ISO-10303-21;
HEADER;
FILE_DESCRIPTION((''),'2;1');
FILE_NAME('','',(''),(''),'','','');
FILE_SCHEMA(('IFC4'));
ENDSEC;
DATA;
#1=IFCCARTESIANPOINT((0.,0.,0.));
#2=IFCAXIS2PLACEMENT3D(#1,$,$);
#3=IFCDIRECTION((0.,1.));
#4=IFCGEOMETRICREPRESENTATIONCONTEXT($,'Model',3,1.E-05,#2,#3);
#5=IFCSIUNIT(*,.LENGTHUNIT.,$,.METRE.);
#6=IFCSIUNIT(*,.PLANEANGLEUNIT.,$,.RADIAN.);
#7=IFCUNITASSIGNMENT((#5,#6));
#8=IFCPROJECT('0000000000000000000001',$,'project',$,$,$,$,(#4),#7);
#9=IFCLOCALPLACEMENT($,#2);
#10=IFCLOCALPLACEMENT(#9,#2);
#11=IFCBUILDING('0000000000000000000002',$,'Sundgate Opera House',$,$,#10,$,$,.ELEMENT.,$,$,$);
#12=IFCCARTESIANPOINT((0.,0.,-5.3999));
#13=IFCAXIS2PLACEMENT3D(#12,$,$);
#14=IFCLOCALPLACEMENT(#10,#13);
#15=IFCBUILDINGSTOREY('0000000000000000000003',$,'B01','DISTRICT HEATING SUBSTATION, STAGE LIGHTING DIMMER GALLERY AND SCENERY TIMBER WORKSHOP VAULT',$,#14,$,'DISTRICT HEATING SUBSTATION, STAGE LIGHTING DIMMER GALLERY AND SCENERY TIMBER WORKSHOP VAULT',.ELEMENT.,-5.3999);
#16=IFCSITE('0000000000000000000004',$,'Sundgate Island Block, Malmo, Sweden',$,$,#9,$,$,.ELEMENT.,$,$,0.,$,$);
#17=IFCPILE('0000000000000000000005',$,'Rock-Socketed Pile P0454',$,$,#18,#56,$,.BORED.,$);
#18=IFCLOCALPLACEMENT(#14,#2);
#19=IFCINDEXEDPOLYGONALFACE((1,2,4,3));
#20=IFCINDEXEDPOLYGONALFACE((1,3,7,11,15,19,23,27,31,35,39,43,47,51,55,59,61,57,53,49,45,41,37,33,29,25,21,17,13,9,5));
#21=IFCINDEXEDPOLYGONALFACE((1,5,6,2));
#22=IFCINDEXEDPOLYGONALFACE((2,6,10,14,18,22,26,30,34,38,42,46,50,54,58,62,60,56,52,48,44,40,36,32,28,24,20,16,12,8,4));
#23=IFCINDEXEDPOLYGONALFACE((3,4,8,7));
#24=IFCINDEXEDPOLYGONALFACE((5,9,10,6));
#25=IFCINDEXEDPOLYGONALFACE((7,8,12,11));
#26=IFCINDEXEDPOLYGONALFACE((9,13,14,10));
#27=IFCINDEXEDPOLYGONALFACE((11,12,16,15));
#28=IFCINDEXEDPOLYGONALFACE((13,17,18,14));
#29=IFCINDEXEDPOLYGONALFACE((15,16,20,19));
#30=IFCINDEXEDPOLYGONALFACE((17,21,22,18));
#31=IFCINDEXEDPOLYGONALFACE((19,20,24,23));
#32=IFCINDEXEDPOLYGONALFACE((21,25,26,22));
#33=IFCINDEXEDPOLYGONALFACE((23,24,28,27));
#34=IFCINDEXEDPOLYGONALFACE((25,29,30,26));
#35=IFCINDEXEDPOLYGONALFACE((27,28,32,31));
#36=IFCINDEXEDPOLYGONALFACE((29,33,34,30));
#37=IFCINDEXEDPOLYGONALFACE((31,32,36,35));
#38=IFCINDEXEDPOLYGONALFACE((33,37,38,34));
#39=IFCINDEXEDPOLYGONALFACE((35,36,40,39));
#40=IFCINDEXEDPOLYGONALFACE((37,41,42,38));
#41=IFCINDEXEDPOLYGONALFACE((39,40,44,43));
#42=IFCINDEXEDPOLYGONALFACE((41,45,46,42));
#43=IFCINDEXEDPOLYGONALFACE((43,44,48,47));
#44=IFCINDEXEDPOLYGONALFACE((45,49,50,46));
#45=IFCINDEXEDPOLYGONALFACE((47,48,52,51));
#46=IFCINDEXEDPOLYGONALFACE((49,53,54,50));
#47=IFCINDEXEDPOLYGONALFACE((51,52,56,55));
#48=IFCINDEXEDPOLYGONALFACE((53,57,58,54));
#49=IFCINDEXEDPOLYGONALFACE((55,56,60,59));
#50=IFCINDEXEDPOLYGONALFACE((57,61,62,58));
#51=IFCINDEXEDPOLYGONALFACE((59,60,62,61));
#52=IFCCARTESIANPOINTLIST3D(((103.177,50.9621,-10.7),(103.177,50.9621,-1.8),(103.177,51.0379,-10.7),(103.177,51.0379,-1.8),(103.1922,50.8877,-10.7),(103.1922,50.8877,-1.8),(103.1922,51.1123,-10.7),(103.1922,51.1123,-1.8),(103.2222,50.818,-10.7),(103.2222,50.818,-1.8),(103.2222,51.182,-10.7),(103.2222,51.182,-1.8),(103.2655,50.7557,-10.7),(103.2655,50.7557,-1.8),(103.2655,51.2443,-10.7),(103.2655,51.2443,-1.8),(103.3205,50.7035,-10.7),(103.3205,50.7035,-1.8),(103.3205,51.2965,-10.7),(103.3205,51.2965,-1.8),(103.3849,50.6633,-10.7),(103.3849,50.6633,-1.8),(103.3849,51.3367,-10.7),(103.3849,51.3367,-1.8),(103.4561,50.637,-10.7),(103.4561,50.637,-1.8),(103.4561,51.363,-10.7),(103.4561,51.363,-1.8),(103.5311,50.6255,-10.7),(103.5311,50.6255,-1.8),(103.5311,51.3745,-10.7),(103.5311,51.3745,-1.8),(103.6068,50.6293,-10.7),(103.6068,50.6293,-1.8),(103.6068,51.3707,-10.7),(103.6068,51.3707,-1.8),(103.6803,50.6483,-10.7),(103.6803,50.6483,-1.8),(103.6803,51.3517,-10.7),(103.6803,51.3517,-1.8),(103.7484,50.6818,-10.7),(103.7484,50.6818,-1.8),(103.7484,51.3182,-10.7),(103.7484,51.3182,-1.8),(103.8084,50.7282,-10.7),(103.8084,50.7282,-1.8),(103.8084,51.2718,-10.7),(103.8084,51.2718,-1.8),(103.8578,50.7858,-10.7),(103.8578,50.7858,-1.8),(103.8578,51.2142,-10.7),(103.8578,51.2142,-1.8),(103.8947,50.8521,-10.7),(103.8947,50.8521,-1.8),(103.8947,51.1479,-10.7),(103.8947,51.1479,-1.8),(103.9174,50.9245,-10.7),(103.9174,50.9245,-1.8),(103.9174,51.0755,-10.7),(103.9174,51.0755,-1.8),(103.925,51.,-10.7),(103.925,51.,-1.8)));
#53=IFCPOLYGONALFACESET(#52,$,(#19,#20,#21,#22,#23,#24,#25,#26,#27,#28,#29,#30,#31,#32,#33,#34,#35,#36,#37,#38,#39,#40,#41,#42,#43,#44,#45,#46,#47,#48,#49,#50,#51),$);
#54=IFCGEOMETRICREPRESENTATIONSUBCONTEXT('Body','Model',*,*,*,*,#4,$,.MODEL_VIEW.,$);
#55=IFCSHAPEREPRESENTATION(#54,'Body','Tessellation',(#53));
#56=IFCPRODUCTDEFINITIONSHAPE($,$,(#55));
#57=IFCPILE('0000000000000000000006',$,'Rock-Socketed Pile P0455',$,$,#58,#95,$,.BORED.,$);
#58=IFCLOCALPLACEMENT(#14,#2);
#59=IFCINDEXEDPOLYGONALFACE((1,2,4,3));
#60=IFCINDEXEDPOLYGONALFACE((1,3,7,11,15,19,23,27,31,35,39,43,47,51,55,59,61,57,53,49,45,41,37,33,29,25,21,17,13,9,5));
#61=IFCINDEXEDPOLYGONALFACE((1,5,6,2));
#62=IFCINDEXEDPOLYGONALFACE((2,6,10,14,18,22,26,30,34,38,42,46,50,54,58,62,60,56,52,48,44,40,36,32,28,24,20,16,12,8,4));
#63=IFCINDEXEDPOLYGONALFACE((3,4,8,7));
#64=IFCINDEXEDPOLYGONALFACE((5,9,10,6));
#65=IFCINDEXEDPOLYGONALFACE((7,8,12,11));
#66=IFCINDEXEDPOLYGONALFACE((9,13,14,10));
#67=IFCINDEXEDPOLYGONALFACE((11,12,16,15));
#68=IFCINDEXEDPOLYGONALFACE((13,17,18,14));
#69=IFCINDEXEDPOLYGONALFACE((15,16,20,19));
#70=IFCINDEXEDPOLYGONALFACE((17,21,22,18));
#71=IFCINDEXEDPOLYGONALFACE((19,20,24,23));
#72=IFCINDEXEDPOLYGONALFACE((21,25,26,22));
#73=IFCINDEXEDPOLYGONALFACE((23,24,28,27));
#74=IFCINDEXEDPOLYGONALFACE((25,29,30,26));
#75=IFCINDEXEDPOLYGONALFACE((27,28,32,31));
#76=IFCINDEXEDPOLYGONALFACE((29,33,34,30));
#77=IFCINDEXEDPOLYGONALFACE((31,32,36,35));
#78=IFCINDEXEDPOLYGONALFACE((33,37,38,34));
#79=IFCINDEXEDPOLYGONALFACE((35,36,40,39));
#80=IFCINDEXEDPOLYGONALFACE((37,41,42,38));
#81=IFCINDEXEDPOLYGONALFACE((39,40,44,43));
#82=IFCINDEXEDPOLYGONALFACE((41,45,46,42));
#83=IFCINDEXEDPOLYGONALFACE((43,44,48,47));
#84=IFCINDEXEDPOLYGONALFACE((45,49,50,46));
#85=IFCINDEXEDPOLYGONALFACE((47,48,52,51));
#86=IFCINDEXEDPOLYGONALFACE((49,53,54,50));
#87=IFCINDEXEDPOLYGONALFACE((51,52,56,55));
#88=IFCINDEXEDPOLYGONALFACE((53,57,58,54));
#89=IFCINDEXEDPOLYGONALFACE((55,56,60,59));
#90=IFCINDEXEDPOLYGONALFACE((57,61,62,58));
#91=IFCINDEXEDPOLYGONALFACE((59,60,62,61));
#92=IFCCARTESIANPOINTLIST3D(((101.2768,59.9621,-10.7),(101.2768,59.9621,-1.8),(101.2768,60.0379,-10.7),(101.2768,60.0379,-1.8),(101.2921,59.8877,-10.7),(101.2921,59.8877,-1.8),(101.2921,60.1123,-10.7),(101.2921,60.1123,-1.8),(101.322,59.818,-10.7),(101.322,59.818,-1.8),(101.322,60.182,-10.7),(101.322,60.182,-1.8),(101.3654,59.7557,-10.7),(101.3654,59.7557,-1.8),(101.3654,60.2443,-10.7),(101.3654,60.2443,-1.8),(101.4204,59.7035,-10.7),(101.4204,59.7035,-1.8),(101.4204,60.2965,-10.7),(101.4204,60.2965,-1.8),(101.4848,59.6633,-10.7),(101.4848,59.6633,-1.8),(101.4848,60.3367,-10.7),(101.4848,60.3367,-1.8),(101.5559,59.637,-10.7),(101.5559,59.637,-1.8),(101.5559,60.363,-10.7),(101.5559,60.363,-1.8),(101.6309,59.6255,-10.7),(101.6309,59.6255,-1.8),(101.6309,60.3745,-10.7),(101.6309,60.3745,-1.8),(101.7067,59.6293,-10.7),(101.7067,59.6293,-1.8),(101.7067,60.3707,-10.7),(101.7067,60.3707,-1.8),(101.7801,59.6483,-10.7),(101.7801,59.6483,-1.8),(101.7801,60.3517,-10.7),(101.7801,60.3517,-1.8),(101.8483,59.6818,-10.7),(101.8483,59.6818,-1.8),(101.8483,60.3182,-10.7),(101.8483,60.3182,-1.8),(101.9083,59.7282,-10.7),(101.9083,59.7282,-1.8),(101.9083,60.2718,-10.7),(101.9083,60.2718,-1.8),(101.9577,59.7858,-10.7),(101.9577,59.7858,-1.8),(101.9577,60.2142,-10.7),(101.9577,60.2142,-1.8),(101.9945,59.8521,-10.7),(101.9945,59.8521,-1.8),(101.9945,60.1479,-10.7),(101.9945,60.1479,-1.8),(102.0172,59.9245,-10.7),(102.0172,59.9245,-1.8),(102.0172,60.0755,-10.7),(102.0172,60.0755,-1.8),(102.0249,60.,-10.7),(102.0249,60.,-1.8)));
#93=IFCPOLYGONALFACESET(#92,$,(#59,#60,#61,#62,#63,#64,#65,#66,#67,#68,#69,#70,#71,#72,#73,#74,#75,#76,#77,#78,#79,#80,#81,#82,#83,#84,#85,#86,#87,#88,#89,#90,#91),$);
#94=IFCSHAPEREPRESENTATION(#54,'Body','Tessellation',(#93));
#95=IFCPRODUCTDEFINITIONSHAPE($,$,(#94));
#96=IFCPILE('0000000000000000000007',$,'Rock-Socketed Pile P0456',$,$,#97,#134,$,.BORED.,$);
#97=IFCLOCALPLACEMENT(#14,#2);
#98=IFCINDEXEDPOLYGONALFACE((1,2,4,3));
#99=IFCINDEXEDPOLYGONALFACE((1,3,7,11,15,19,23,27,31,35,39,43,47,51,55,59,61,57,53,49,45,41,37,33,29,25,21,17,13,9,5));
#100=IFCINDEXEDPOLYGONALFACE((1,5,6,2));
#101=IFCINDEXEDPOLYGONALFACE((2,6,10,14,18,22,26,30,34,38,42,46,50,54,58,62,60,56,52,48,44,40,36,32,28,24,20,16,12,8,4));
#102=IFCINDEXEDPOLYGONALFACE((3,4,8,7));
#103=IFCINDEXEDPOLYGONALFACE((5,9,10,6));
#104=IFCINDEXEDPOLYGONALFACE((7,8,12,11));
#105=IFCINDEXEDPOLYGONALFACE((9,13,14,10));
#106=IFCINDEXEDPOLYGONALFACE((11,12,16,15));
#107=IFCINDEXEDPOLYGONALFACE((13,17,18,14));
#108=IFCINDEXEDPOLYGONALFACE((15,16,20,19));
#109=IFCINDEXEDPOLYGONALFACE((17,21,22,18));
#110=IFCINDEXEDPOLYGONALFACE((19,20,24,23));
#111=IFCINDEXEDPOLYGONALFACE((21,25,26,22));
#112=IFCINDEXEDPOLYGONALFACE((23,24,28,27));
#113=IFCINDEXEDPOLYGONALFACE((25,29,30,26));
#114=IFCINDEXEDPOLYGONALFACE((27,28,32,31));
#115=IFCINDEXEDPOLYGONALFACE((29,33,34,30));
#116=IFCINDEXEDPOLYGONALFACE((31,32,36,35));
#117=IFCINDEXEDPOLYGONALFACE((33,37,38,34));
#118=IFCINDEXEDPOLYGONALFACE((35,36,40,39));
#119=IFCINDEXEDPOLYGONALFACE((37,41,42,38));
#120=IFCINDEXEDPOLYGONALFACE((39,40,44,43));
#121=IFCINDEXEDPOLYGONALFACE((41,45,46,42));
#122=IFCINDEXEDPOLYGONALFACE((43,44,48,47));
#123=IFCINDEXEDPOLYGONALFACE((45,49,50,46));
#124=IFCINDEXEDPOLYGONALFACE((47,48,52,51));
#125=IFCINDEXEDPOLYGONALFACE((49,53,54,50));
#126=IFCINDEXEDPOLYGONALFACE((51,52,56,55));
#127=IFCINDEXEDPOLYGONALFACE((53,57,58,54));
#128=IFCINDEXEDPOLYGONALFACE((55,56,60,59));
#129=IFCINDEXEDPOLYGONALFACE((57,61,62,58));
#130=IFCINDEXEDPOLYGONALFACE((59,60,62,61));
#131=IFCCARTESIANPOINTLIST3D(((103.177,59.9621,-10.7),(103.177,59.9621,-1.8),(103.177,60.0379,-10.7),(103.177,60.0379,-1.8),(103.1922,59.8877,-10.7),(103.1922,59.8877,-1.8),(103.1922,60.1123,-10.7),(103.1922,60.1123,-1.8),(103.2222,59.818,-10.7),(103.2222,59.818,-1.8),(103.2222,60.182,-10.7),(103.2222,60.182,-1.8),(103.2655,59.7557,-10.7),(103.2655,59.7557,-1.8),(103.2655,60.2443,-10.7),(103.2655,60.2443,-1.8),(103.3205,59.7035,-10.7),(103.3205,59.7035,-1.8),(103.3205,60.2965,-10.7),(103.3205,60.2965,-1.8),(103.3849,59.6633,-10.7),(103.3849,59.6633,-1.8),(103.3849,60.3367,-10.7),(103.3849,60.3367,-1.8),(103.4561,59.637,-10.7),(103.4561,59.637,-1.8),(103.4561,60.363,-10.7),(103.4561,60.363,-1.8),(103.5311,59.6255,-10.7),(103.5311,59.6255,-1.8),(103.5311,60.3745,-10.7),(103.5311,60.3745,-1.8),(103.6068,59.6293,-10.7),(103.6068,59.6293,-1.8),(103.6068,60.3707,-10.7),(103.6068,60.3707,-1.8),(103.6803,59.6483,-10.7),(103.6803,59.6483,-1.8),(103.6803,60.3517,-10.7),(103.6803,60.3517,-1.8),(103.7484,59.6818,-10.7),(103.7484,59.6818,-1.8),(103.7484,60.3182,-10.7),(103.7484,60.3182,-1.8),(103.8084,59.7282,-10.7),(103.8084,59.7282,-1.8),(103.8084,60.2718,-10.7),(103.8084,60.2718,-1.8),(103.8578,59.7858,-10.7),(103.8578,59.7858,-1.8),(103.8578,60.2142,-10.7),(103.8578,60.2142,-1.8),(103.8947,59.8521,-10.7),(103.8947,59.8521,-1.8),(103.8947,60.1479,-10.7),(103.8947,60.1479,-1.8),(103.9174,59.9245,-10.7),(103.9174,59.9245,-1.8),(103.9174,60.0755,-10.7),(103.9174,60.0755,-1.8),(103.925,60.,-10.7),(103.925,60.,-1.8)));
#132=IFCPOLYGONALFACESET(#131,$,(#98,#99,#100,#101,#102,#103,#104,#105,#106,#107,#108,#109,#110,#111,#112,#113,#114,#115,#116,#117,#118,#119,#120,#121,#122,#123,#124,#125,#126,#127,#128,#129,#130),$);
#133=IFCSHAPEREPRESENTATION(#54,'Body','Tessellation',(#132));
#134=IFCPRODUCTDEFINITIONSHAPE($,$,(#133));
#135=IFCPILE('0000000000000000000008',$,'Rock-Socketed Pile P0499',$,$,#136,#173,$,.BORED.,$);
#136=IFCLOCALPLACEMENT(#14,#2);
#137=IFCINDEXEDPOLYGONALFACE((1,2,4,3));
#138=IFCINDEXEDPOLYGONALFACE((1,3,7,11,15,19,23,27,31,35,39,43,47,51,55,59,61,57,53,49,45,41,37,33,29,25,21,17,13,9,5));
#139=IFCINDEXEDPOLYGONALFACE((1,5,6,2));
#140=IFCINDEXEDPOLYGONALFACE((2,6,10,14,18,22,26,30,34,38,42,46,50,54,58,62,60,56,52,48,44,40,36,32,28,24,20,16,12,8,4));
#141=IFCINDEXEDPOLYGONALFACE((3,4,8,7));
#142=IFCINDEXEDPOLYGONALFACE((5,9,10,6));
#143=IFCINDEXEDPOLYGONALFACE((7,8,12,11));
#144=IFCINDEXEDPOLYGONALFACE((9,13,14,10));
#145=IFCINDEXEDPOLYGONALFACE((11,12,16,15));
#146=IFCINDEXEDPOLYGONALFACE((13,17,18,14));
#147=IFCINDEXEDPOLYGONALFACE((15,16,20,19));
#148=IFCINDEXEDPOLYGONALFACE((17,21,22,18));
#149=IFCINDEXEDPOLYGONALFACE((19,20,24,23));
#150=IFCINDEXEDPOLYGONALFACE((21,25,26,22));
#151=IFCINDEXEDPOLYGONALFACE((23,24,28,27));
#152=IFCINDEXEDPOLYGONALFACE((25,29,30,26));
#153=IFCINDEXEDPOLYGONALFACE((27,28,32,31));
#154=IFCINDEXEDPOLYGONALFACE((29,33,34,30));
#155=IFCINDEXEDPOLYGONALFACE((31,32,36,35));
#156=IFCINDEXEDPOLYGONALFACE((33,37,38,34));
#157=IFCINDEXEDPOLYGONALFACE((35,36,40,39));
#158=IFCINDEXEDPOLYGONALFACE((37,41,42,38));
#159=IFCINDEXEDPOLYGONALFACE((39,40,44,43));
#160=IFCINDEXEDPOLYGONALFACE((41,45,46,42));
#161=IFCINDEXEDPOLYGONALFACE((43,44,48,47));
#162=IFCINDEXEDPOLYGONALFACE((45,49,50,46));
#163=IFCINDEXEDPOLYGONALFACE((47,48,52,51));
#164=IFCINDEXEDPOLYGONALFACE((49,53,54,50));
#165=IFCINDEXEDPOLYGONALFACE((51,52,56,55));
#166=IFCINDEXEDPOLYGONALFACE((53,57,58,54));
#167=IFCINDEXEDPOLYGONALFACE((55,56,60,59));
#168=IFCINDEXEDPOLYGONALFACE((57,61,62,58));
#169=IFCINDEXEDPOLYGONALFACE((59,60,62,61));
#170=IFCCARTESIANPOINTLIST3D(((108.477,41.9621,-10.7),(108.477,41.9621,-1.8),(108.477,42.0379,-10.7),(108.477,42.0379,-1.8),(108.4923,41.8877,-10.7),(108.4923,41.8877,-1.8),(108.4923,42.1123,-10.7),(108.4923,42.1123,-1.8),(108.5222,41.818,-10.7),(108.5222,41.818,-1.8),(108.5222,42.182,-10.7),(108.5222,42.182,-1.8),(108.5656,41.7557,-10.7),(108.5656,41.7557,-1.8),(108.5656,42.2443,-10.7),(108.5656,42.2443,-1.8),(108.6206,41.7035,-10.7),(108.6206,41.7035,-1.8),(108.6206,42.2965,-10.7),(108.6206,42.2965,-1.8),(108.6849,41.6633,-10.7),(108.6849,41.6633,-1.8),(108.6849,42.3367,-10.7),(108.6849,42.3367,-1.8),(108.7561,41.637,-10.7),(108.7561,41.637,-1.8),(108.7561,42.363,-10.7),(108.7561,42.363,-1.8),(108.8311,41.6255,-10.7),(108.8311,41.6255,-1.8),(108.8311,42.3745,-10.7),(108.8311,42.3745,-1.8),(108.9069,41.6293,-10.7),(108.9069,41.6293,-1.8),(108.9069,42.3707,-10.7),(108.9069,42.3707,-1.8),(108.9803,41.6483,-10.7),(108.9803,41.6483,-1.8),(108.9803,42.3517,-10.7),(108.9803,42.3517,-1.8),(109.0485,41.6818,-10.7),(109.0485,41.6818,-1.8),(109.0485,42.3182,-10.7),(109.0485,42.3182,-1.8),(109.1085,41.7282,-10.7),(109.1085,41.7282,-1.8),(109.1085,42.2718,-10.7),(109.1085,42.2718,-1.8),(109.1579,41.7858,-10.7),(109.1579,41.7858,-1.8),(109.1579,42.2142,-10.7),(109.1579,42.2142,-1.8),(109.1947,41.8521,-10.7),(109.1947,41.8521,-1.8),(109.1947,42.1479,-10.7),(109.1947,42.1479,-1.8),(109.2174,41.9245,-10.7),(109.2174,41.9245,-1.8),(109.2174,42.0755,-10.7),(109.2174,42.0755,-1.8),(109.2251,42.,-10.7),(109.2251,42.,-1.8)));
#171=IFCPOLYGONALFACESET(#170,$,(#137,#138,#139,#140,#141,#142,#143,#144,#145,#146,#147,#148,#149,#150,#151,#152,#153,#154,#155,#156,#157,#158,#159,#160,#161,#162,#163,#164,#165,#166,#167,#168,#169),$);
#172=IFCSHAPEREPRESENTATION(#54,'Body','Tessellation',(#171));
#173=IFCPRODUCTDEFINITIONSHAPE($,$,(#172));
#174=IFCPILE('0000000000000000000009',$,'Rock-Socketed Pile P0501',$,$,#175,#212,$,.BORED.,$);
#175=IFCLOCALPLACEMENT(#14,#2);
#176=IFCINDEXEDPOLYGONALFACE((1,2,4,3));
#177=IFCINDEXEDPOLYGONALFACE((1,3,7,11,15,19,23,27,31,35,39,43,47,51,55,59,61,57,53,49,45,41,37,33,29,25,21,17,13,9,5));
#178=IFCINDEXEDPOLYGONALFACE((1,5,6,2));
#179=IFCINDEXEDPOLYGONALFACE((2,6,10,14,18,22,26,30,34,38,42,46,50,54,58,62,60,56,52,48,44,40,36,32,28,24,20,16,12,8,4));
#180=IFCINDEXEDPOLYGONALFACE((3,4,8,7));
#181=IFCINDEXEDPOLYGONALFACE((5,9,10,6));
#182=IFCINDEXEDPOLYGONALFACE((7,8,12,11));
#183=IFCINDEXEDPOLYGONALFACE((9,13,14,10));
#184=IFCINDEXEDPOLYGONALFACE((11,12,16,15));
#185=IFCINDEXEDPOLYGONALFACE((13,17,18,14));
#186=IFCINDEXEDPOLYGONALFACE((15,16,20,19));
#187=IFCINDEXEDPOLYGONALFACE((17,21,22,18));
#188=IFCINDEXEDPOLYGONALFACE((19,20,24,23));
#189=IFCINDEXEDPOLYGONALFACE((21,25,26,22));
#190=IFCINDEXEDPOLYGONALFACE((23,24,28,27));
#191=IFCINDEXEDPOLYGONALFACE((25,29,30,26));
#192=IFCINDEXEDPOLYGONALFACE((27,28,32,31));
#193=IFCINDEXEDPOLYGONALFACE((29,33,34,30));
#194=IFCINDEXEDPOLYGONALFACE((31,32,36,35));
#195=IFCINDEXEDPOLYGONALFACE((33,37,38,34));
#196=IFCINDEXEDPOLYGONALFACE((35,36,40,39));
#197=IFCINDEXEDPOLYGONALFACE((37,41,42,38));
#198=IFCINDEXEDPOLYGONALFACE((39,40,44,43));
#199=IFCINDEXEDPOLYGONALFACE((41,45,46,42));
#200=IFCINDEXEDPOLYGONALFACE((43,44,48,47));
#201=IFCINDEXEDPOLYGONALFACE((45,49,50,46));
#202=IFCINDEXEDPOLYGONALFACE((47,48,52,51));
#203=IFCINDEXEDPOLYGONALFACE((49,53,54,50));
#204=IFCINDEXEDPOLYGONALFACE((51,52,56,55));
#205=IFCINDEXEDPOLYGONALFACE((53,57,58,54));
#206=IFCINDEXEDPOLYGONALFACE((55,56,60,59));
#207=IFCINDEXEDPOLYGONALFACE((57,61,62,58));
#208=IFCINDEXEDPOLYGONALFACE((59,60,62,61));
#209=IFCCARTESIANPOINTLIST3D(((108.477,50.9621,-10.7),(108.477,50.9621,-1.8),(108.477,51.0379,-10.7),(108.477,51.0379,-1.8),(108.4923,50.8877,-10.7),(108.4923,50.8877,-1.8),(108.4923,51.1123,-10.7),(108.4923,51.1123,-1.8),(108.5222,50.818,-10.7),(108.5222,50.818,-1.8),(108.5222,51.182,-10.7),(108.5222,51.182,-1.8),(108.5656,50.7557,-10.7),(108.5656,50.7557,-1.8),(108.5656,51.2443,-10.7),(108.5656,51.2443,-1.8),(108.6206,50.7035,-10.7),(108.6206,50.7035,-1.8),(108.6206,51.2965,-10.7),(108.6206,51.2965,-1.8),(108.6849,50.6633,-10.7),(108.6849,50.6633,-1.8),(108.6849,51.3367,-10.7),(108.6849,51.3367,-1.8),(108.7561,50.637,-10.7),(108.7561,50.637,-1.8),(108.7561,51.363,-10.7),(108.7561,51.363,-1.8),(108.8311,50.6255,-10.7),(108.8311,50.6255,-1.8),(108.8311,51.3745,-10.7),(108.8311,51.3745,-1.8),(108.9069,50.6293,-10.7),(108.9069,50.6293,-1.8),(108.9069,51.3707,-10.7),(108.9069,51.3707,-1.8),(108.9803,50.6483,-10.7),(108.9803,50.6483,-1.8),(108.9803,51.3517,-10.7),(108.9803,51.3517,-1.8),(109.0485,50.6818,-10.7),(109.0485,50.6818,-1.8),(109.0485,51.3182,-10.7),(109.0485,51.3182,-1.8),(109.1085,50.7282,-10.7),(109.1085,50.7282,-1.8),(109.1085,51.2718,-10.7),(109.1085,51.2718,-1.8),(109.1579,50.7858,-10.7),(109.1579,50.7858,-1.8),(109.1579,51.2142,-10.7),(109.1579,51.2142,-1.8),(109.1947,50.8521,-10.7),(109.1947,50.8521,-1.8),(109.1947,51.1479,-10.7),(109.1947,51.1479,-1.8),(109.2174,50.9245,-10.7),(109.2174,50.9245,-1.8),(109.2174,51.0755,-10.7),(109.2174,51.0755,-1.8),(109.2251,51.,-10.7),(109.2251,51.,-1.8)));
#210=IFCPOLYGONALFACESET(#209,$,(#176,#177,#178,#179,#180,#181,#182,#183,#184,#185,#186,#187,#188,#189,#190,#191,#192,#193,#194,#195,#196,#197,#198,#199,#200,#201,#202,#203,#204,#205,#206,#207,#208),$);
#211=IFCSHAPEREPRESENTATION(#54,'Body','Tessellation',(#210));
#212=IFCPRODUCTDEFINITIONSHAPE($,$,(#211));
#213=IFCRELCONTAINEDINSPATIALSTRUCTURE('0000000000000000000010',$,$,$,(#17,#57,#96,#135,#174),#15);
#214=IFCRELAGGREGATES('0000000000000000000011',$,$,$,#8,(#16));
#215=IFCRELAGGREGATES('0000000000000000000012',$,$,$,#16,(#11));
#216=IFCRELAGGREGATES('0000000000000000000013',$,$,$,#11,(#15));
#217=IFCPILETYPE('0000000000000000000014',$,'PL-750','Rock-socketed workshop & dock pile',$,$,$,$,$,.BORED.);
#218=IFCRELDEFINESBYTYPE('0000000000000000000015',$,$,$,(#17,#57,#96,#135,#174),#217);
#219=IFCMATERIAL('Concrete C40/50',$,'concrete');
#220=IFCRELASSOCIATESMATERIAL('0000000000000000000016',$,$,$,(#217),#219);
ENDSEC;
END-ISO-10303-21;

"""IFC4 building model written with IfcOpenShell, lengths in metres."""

from ifc_helpers import new_model, si_unit, direction, frame, origin, origin_2d, place, context, subcontext, project, spatial, circle, extrude, material, material_profile, profile_set, type_object, element, save


model = new_model("IFC4")

# Units and contexts
model_context = context("Model", 3, precision=1e-05, world=origin(), true_north=direction((0.0, 1.0)))
body_context = subcontext(model_context, "Body", "Model", "MODEL_VIEW")
ifc_project = project(units=[si_unit("LENGTHUNIT", "METRE"), si_unit("PLANEANGLEUNIT", "RADIAN")], contexts=[model_context])

# Site, building, storey
site_placement = place(None, origin())
site = spatial("IfcSite", under=ifc_project, at=site_placement, Name="Sundgate Island Block, Malmo, Sweden", CompositionType="ELEMENT", RefElevation=0.0)
building_placement = place(site_placement, origin())
building = spatial("IfcBuilding", under=site, at=building_placement, Name="Sundgate Opera House", CompositionType="ELEMENT")
storey_placement = place(building_placement, frame((0.0, 0.0, -5.3999)))
storey = spatial("IfcBuildingStorey", under=building, at=storey_placement, Name="B01", Description="DISTRICT HEATING SUBSTATION, STAGE LIGHTING DIMMER GALLERY AND SCENERY TIMBER WORKSHOP VAULT", LongName="DISTRICT HEATING SUBSTATION, STAGE LIGHTING DIMMER GALLERY AND SCENERY TIMBER WORKSHOP VAULT", CompositionType="ELEMENT", Elevation=-5.3999)

# Piles
ifc_material_1 = material(Name="Concrete C40/50", Category="concrete")
ifc_material_profile_1 = material_profile(ifc_material_1, circle(Radius=0.375, at=origin_2d()), Name="PILE D750")
ifc_profile_set_1 = profile_set([ifc_material_profile_1], Name="Concrete C40/50")
pile_type = type_object("IfcPileType", Name="PL-750", Description="Rock-socketed workshop & dock pile", PredefinedType="BORED", material=ifc_profile_set_1)
for number, where, z_axis, x_axis, name in (
    (1, (103.55, 51.0, -1.8), (0.0, 0.0, -1.0), (1.0, 0.0, 0.0), "Rock-Socketed Pile P0454"),
    (2, (101.6499, 60.0, -1.8), (0.0, 0.0, -1.0), (1.0, 0.0, 0.0), "Rock-Socketed Pile P0455"),
    (3, (103.55, 60.0, -1.8), (0.0, 0.0, -1.0), (1.0, 0.0, 0.0), "Rock-Socketed Pile P0456"),
    (4, (108.8501, 42.0, -1.8), (0.0, 0.0, -1.0), (1.0, 0.0, 0.0), "Rock-Socketed Pile P0499"),
    (5, (108.8501, 51.0, -1.8), (0.0, 0.0, -1.0), (1.0, 0.0, 0.0), "Rock-Socketed Pile P0501"),
):
    element("IfcPile", number, at=place(storey_placement, frame(where, z_axis=z_axis, x_axis=x_axis)), inside=storey, type_object=pile_type, Name=name, PredefinedType="BORED", context=body_context, shape_type="SweptSolid", body=[
        extrude(circle(Radius=0.375, at=origin_2d()), origin(), (0.0, 0.0, 1.0), 8.8999),
    ])

save(model, "model.ifc")
